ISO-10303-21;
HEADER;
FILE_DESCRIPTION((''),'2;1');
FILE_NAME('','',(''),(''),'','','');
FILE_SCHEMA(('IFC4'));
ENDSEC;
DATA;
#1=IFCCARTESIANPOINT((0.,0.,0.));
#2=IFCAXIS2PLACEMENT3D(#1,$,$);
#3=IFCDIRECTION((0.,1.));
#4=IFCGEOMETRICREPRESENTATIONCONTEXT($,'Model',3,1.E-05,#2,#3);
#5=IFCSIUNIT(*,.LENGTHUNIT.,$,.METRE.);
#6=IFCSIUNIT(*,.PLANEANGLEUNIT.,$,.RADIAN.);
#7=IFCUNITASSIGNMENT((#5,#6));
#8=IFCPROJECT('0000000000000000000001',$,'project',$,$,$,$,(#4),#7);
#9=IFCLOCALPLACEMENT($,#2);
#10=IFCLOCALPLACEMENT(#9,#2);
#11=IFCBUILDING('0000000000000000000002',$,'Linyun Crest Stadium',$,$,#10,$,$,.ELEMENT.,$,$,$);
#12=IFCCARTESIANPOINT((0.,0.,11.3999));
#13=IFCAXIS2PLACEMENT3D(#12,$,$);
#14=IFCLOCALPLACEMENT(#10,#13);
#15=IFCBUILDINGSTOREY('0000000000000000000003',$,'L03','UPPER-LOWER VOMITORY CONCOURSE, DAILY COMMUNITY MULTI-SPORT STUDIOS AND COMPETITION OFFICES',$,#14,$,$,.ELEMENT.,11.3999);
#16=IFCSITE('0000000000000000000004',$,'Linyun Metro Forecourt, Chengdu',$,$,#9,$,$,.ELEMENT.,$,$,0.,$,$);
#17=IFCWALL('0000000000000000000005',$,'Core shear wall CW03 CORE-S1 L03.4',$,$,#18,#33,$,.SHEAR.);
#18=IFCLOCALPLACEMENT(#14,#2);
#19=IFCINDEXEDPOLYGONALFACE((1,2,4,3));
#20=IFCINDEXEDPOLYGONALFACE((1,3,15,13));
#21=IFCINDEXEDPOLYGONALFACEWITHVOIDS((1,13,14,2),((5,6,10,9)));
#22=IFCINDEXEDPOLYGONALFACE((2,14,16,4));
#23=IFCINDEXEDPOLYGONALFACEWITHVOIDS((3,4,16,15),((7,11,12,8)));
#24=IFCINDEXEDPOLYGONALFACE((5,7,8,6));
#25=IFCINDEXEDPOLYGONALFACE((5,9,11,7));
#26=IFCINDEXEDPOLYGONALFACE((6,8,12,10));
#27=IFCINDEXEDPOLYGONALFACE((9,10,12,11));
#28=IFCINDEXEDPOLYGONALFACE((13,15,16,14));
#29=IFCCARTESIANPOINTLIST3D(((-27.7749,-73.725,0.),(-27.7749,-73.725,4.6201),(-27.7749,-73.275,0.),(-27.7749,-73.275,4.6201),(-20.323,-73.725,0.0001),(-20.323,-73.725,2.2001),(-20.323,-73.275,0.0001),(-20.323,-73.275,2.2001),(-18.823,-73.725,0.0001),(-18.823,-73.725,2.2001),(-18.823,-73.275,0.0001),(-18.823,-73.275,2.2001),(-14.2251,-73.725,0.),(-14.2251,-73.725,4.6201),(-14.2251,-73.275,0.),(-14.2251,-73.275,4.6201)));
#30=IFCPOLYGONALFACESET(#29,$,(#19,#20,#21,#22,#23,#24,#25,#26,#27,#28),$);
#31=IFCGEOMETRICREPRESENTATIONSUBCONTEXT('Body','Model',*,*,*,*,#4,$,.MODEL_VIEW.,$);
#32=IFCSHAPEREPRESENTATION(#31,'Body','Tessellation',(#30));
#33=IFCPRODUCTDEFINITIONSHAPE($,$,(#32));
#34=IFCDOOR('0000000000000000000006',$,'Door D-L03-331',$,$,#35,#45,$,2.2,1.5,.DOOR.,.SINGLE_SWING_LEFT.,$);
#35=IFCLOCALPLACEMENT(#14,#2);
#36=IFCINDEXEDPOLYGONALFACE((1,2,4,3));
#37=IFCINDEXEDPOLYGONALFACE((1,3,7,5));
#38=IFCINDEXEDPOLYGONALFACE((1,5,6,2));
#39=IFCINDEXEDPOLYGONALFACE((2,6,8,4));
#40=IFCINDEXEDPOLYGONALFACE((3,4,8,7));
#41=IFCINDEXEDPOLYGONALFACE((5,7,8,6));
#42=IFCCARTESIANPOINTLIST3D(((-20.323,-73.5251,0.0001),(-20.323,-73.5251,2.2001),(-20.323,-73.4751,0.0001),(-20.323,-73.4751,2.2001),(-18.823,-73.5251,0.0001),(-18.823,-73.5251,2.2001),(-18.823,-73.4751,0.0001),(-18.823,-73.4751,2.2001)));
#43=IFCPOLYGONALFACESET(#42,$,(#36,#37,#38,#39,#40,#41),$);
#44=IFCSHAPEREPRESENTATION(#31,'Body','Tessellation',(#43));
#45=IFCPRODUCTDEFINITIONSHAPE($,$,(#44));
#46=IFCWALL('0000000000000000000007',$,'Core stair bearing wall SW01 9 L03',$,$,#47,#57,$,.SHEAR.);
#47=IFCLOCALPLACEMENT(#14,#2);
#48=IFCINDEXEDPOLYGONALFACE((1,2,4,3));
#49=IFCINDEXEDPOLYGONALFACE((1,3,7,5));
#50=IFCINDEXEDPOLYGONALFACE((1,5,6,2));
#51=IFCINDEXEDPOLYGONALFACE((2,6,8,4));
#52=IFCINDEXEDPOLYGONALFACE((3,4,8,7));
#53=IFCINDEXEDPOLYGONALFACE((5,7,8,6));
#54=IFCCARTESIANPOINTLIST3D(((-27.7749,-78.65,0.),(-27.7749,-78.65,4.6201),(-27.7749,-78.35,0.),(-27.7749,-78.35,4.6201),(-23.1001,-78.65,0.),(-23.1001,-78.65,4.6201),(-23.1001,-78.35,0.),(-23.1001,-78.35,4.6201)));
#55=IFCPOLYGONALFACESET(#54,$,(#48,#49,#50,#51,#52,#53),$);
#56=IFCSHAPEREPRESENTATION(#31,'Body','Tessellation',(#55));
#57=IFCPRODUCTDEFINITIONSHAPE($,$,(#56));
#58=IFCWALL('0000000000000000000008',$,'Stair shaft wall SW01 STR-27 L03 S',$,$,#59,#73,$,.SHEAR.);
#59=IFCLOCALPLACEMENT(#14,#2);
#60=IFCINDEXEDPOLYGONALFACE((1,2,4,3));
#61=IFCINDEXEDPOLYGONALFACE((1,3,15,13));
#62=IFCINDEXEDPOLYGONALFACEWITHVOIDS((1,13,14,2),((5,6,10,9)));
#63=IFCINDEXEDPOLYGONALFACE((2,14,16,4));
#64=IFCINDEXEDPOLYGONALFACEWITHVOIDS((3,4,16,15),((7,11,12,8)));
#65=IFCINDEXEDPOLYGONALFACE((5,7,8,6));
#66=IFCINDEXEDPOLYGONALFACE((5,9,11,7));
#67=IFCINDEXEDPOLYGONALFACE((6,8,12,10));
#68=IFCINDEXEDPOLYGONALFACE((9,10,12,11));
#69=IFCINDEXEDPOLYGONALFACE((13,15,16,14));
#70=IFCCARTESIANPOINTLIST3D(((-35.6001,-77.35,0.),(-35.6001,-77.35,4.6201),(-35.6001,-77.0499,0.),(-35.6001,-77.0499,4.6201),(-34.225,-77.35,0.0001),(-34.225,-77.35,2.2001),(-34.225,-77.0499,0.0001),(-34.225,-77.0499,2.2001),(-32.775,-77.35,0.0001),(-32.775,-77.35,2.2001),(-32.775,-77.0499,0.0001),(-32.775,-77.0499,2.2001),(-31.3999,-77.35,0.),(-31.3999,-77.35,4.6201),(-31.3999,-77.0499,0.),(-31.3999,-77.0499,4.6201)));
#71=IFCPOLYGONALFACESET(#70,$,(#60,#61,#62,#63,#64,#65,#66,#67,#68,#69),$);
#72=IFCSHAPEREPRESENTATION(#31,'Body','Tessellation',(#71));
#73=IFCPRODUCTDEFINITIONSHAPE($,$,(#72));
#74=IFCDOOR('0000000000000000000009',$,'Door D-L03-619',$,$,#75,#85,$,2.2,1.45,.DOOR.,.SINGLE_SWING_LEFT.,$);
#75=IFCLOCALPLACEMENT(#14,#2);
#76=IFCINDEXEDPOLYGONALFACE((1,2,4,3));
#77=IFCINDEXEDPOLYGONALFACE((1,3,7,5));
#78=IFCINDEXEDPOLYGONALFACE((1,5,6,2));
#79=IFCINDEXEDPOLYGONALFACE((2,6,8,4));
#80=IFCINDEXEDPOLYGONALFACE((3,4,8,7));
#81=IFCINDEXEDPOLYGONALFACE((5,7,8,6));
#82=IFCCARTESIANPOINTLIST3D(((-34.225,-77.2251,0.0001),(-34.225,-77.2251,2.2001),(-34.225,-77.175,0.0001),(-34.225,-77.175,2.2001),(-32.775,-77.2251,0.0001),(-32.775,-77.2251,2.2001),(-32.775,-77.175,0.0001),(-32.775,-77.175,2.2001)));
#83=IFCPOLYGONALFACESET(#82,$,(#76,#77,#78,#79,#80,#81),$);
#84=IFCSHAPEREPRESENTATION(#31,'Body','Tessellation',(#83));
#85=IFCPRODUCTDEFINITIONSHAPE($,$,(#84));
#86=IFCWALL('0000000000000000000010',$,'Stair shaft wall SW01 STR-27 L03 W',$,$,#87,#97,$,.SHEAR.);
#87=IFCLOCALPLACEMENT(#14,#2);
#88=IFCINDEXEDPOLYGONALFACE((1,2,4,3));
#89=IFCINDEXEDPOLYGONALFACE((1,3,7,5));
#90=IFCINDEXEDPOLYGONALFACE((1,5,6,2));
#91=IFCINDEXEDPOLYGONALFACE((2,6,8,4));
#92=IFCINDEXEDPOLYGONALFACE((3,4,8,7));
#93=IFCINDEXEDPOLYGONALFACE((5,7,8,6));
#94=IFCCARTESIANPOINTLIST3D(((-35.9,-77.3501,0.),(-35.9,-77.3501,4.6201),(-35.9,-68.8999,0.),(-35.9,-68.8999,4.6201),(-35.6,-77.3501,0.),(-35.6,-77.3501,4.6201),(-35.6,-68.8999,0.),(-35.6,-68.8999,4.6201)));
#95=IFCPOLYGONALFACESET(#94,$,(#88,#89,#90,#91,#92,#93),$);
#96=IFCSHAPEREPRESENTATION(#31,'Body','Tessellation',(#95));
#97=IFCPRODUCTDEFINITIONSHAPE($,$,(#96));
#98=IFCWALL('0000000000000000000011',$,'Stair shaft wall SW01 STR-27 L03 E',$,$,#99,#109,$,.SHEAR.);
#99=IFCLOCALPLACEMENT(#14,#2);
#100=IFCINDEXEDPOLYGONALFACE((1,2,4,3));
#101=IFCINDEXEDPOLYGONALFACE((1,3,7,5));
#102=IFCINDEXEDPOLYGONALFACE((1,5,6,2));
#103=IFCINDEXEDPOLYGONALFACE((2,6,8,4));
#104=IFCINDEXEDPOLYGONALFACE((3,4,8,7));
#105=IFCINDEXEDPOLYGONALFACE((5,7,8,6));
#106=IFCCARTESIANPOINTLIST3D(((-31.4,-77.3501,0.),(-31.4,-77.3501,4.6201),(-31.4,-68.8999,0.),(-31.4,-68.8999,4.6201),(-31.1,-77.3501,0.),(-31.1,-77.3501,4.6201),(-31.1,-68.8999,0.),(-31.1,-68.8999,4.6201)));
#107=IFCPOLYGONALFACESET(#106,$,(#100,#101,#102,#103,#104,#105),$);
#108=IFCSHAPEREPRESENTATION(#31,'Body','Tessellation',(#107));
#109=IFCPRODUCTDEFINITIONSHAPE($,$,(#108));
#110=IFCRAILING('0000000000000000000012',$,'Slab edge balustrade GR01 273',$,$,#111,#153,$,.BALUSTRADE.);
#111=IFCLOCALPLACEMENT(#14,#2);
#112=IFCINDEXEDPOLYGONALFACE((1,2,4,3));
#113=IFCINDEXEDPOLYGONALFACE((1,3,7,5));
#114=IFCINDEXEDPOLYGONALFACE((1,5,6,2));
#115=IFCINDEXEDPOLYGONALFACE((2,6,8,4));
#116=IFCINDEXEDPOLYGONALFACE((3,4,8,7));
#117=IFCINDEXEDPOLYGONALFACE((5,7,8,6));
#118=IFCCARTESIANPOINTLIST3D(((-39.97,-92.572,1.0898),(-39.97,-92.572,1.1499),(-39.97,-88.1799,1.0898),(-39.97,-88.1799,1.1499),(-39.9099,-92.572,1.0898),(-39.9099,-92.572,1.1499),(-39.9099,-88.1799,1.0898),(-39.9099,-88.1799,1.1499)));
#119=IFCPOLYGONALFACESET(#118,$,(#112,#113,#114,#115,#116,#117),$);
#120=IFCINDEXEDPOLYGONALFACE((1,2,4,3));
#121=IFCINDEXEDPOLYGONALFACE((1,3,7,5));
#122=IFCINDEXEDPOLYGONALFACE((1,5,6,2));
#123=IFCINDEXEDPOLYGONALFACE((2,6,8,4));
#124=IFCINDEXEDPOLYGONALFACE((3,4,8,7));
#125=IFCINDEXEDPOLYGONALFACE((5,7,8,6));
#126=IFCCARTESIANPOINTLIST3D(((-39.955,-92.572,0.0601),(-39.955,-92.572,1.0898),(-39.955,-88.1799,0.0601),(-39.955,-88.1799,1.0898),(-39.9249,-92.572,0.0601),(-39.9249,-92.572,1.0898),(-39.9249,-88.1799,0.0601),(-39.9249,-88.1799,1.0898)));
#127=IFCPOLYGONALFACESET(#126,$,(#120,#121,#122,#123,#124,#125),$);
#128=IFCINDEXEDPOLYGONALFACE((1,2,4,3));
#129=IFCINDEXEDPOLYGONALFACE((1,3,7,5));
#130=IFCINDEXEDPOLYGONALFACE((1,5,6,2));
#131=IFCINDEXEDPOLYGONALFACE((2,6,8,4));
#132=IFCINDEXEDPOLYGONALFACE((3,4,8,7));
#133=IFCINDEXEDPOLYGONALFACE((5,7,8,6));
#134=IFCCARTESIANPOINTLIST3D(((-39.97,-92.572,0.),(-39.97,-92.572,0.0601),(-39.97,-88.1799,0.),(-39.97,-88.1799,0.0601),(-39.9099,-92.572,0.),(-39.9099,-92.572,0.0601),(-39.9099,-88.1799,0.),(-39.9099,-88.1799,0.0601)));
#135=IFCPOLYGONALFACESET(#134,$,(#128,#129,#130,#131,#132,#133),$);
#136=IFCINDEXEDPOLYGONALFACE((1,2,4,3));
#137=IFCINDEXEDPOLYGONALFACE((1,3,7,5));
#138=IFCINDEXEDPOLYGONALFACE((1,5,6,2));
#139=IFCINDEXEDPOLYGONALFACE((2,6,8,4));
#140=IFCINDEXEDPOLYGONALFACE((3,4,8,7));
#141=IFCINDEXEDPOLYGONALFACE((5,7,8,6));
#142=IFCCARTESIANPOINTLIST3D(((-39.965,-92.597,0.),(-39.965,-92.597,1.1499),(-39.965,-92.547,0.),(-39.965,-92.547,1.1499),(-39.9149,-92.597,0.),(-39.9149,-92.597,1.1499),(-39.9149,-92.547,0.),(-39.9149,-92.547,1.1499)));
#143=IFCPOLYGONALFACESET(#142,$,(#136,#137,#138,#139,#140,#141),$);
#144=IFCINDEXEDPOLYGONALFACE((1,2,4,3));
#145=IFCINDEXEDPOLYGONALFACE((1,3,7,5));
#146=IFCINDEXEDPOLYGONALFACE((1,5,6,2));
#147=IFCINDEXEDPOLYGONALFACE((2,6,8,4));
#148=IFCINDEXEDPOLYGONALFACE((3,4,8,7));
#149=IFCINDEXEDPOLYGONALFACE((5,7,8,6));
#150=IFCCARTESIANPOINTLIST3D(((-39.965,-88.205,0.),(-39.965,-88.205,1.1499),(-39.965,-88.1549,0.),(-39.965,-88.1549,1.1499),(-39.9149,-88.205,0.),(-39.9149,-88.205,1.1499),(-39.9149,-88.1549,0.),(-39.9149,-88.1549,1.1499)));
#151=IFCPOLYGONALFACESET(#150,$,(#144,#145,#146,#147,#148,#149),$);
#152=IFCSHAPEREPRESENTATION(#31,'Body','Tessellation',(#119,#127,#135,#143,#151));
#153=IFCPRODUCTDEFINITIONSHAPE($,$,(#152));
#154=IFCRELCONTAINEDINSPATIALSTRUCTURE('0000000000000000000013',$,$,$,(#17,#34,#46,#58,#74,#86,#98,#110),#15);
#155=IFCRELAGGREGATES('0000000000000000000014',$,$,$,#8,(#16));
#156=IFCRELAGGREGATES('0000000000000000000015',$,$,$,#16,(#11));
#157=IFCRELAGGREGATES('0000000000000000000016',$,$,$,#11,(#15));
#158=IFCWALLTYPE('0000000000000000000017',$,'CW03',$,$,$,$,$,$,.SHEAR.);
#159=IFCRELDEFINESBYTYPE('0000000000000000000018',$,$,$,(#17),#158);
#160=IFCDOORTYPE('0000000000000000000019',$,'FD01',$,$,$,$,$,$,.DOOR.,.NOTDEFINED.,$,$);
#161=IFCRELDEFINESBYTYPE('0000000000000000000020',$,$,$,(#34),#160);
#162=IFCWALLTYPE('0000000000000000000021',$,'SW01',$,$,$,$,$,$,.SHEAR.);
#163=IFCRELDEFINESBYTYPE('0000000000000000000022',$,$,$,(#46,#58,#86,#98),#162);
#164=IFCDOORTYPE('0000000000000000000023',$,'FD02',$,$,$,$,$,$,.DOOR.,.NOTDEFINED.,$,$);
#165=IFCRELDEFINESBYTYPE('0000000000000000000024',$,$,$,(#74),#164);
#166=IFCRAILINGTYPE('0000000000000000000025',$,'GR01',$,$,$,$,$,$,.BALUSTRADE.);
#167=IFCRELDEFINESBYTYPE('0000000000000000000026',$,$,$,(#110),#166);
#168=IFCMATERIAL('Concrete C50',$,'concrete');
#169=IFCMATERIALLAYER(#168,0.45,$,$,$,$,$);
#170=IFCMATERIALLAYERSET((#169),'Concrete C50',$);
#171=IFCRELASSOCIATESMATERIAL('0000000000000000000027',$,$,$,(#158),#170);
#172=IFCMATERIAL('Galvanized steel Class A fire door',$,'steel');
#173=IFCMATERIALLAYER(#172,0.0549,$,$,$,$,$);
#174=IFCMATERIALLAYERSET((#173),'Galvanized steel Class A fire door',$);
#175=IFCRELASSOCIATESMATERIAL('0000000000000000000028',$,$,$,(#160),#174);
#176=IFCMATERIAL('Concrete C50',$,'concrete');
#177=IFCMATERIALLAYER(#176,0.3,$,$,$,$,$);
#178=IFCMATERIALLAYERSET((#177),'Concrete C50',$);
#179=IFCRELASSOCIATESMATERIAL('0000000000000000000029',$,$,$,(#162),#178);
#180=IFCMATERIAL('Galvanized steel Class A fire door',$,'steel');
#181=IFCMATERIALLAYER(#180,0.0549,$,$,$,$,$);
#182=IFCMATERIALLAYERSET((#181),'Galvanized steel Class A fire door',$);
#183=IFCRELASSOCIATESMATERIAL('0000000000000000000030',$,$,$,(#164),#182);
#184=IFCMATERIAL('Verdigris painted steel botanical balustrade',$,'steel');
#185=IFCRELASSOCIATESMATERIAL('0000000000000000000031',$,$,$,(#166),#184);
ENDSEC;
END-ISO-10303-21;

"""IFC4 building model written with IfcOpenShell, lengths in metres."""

from ifc_helpers import new_model, si_unit, direction, frame, frame_2d, origin, origin_2d, place, context, subcontext, project, spatial, rectangle, extrude, material, layer, layer_set, type_object, element, fill, save


model = new_model("IFC4")

# Units and contexts
model_context = context("Model", 3, precision=1e-05, world=origin(), true_north=direction((0.0, 1.0)))
body_context = subcontext(model_context, "Body", "Model", "MODEL_VIEW")
ifc_project = project(units=[si_unit("LENGTHUNIT", "METRE"), si_unit("PLANEANGLEUNIT", "RADIAN")], contexts=[model_context])

# Site, building, storey
site_placement = place(None, origin())
site = spatial("IfcSite", under=ifc_project, at=site_placement, Name="Linyun Metro Forecourt, Chengdu", CompositionType="ELEMENT", RefElevation=0.0)
building_placement = place(site_placement, origin())
building = spatial("IfcBuilding", under=site, at=building_placement, Name="Linyun Crest Stadium", CompositionType="ELEMENT")
storey_placement = place(building_placement, frame((0.0, 0.0, 11.3999)))
storey = spatial("IfcBuildingStorey", under=building, at=storey_placement, Name="L03", Description="UPPER-LOWER VOMITORY CONCOURSE, DAILY COMMUNITY MULTI-SPORT STUDIOS AND COMPETITION OFFICES", CompositionType="ELEMENT", Elevation=11.3999)

# Shared definitions
ifc_material_1 = material(Name="Concrete C50", Category="concrete")
ifc_layer_1 = layer(ifc_material_1, 0.45)
ifc_layer_set_1 = layer_set([ifc_layer_1], Name="Concrete C50")
wall_type_1 = type_object("IfcWallType", Name="CW03", PredefinedType="SHEAR", material=ifc_layer_set_1)

# Wall, opening, door
wall_1_placement = place(storey_placement, frame((-27.7749, -73.5, 0.0), z_axis=(0.0, 0.0, 1.0), x_axis=(1.0, 0.0, 0.0)))
wall_1 = element("IfcWall", 1, at=wall_1_placement, inside=storey, type_object=wall_type_1, Name="Core shear wall CW03 CORE-S1 L03.4", PredefinedType="SHEAR", context=body_context, shape_type="SweptSolid", body=[
    extrude(rectangle(XDim=13.5498, YDim=0.45, at=frame_2d((6.7749, 0.0))), origin(), (0.0, 0.0, 1.0), 4.6201),
])
opening_1_placement = place(wall_1_placement, frame((7.4519, 0.0, 0.0)))
opening_1 = element("IfcOpeningElement", 2, at=opening_1_placement, cuts=wall_1, PredefinedType="OPENING", context=body_context, shape_type="SweptSolid", body=[
    extrude(rectangle(XDim=1.5, YDim=2.2, at=frame_2d((0.75, 1.1001))), frame((0.0, 0.2349, 0.0), z_axis=(0.0, -1.0, 0.0), x_axis=(1.0, 0.0, 0.0)), (0.0, 0.0, 1.0), 0.47),
])
ifc_material_2 = material(Name="Galvanized steel Class A fire door", Category="steel")
ifc_layer_2 = layer(ifc_material_2, 0.0549)
ifc_layer_set_2 = layer_set([ifc_layer_2], Name="Galvanized steel Class A fire door")
door_type_1 = type_object("IfcDoorType", Name="FD01", OperationType="NOTDEFINED", PredefinedType="DOOR", material=ifc_layer_set_2)
door_1_placement = place(opening_1_placement, origin())
door_1 = element("IfcDoor", 3, at=door_1_placement, inside=storey, type_object=door_type_1, Name="Door D-L03-331", OperationType="SINGLE_SWING_LEFT", OverallHeight=2.2, OverallWidth=1.5, PredefinedType="DOOR", context=body_context, shape_type="SweptSolid", body=[
    extrude(rectangle(XDim=1.5, YDim=2.2, at=frame_2d((0.75, 1.1001))), frame((0.0, 0.0249, 0.0), z_axis=(0.0, -1.0, 0.0), x_axis=(1.0, 0.0, 0.0)), (0.0, 0.0, 1.0), 0.05),
])
fill(opening_1, door_1)

# Wall
ifc_material_3 = material(Name="Concrete C50", Category="concrete")
ifc_layer_3 = layer(ifc_material_3, 0.3)
ifc_layer_set_3 = layer_set([ifc_layer_3], Name="Concrete C50")
wall_type_2 = type_object("IfcWallType", Name="SW01", PredefinedType="SHEAR", material=ifc_layer_set_3)
wall_2_placement = place(storey_placement, frame((-27.7749, -78.5, 0.0), z_axis=(0.0, 0.0, 1.0), x_axis=(1.0, 0.0, 0.0)))
element("IfcWall", 4, at=wall_2_placement, inside=storey, type_object=wall_type_2, Name="Core stair bearing wall SW01 9 L03", PredefinedType="SHEAR", context=body_context, shape_type="SweptSolid", body=[
    extrude(rectangle(XDim=4.6748, YDim=0.3, at=frame_2d((2.3374, 0.0))), origin(), (0.0, 0.0, 1.0), 4.6201),
])

# Wall, opening, door
wall_3_placement = place(storey_placement, frame((-35.6001, -77.2, 0.0), z_axis=(0.0, 0.0, 1.0), x_axis=(1.0, 0.0, 0.0)))
wall_3 = element("IfcWall", 5, at=wall_3_placement, inside=storey, type_object=wall_type_2, Name="Stair shaft wall SW01 STR-27 L03 S", PredefinedType="SHEAR", context=body_context, shape_type="SweptSolid", body=[
    extrude(rectangle(XDim=4.2002, YDim=0.3, at=frame_2d((2.1001, 0.0))), origin(), (0.0, 0.0, 1.0), 4.6201),
])
opening_2_placement = place(wall_3_placement, frame((1.375, 0.0, 0.0)))
opening_2 = element("IfcOpeningElement", 6, at=opening_2_placement, cuts=wall_3, PredefinedType="OPENING", context=body_context, shape_type="SweptSolid", body=[
    extrude(rectangle(XDim=1.45, YDim=2.2, at=frame_2d((0.7251, 1.1001))), frame((0.0, 0.1599, 0.0), z_axis=(0.0, -1.0, 0.0), x_axis=(1.0, 0.0, 0.0)), (0.0, 0.0, 1.0), 0.3201),
])
ifc_material_4 = material(Name="Galvanized steel Class A fire door", Category="steel")
ifc_layer_4 = layer(ifc_material_4, 0.0549)
ifc_layer_set_4 = layer_set([ifc_layer_4], Name="Galvanized steel Class A fire door")
door_type_2 = type_object("IfcDoorType", Name="FD02", OperationType="NOTDEFINED", PredefinedType="DOOR", material=ifc_layer_set_4)
door_2_placement = place(opening_2_placement, origin())
door_2 = element("IfcDoor", 7, at=door_2_placement, inside=storey, type_object=door_type_2, Name="Door D-L03-619", OperationType="SINGLE_SWING_LEFT", OverallHeight=2.2, OverallWidth=1.45, PredefinedType="DOOR", context=body_context, shape_type="SweptSolid", body=[
    extrude(rectangle(XDim=1.45, YDim=2.2, at=frame_2d((0.7251, 1.1001))), frame((0.0, 0.0249, 0.0), z_axis=(0.0, -1.0, 0.0), x_axis=(1.0, 0.0, 0.0)), (0.0, 0.0, 1.0), 0.05),
])
fill(opening_2, door_2)

# Walls
for number, where, z_axis, x_axis, name in (
    (8, (-35.75, -77.3501, 0.0), (0.0, 0.0, 1.0), (0.0, 1.0, 0.0), "Stair shaft wall SW01 STR-27 L03 W"),
    (9, (-31.25, -77.3501, 0.0), (0.0, 0.0, 1.0), (0.0, 1.0, 0.0), "Stair shaft wall SW01 STR-27 L03 E"),
):
    element("IfcWall", number, at=place(storey_placement, frame(where, z_axis=z_axis, x_axis=x_axis)), inside=storey, type_object=wall_type_2, Name=name, PredefinedType="SHEAR", context=body_context, shape_type="SweptSolid", body=[
        extrude(rectangle(XDim=8.4502, YDim=0.3, at=frame_2d((4.2251, 0.0))), origin(), (0.0, 0.0, 1.0), 4.6201),
    ])

# Railing
ifc_material_5 = material(Name="Verdigris painted steel botanical balustrade", Category="steel")
railing_type_1 = type_object("IfcRailingType", Name="GR01", PredefinedType="BALUSTRADE", material=ifc_material_5)
railing_1_placement = place(storey_placement, frame((-39.9399, -92.572, 0.0)))
element("IfcRailing", 10, at=railing_1_placement, inside=storey, type_object=railing_type_1, Name="Slab edge balustrade GR01 273", PredefinedType="BALUSTRADE", context=body_context, shape_type="SweptSolid", body=[
    extrude(rectangle(XDim=0.0601, YDim=0.0601, at=origin_2d()), frame((0.0, 0.0, 1.1199), z_axis=(0.0, 1.0, 0.0), x_axis=(-1.0, 0.0, 0.0)), (0.0, 0.0, 1.0), 4.3921),
    extrude(rectangle(XDim=0.03, YDim=1.0298, at=origin_2d()), frame((0.0, 0.0, 0.575), z_axis=(0.0, 1.0, 0.0), x_axis=(-1.0, 0.0, 0.0)), (0.0, 0.0, 1.0), 4.3921),
    extrude(rectangle(XDim=0.0601, YDim=0.0601, at=origin_2d()), frame((0.0, 0.0, 0.03), z_axis=(0.0, 1.0, 0.0), x_axis=(-1.0, 0.0, 0.0)), (0.0, 0.0, 1.0), 4.3921),
    extrude(rectangle(XDim=0.05, YDim=0.05, at=origin_2d()), origin(), (0.0, 0.0, 1.0), 1.1499),
    extrude(rectangle(XDim=0.05, YDim=0.05, at=origin_2d()), frame((0.0, 4.3921, 0.0)), (0.0, 0.0, 1.0), 1.1499),
])

save(model, "model.ifc")
